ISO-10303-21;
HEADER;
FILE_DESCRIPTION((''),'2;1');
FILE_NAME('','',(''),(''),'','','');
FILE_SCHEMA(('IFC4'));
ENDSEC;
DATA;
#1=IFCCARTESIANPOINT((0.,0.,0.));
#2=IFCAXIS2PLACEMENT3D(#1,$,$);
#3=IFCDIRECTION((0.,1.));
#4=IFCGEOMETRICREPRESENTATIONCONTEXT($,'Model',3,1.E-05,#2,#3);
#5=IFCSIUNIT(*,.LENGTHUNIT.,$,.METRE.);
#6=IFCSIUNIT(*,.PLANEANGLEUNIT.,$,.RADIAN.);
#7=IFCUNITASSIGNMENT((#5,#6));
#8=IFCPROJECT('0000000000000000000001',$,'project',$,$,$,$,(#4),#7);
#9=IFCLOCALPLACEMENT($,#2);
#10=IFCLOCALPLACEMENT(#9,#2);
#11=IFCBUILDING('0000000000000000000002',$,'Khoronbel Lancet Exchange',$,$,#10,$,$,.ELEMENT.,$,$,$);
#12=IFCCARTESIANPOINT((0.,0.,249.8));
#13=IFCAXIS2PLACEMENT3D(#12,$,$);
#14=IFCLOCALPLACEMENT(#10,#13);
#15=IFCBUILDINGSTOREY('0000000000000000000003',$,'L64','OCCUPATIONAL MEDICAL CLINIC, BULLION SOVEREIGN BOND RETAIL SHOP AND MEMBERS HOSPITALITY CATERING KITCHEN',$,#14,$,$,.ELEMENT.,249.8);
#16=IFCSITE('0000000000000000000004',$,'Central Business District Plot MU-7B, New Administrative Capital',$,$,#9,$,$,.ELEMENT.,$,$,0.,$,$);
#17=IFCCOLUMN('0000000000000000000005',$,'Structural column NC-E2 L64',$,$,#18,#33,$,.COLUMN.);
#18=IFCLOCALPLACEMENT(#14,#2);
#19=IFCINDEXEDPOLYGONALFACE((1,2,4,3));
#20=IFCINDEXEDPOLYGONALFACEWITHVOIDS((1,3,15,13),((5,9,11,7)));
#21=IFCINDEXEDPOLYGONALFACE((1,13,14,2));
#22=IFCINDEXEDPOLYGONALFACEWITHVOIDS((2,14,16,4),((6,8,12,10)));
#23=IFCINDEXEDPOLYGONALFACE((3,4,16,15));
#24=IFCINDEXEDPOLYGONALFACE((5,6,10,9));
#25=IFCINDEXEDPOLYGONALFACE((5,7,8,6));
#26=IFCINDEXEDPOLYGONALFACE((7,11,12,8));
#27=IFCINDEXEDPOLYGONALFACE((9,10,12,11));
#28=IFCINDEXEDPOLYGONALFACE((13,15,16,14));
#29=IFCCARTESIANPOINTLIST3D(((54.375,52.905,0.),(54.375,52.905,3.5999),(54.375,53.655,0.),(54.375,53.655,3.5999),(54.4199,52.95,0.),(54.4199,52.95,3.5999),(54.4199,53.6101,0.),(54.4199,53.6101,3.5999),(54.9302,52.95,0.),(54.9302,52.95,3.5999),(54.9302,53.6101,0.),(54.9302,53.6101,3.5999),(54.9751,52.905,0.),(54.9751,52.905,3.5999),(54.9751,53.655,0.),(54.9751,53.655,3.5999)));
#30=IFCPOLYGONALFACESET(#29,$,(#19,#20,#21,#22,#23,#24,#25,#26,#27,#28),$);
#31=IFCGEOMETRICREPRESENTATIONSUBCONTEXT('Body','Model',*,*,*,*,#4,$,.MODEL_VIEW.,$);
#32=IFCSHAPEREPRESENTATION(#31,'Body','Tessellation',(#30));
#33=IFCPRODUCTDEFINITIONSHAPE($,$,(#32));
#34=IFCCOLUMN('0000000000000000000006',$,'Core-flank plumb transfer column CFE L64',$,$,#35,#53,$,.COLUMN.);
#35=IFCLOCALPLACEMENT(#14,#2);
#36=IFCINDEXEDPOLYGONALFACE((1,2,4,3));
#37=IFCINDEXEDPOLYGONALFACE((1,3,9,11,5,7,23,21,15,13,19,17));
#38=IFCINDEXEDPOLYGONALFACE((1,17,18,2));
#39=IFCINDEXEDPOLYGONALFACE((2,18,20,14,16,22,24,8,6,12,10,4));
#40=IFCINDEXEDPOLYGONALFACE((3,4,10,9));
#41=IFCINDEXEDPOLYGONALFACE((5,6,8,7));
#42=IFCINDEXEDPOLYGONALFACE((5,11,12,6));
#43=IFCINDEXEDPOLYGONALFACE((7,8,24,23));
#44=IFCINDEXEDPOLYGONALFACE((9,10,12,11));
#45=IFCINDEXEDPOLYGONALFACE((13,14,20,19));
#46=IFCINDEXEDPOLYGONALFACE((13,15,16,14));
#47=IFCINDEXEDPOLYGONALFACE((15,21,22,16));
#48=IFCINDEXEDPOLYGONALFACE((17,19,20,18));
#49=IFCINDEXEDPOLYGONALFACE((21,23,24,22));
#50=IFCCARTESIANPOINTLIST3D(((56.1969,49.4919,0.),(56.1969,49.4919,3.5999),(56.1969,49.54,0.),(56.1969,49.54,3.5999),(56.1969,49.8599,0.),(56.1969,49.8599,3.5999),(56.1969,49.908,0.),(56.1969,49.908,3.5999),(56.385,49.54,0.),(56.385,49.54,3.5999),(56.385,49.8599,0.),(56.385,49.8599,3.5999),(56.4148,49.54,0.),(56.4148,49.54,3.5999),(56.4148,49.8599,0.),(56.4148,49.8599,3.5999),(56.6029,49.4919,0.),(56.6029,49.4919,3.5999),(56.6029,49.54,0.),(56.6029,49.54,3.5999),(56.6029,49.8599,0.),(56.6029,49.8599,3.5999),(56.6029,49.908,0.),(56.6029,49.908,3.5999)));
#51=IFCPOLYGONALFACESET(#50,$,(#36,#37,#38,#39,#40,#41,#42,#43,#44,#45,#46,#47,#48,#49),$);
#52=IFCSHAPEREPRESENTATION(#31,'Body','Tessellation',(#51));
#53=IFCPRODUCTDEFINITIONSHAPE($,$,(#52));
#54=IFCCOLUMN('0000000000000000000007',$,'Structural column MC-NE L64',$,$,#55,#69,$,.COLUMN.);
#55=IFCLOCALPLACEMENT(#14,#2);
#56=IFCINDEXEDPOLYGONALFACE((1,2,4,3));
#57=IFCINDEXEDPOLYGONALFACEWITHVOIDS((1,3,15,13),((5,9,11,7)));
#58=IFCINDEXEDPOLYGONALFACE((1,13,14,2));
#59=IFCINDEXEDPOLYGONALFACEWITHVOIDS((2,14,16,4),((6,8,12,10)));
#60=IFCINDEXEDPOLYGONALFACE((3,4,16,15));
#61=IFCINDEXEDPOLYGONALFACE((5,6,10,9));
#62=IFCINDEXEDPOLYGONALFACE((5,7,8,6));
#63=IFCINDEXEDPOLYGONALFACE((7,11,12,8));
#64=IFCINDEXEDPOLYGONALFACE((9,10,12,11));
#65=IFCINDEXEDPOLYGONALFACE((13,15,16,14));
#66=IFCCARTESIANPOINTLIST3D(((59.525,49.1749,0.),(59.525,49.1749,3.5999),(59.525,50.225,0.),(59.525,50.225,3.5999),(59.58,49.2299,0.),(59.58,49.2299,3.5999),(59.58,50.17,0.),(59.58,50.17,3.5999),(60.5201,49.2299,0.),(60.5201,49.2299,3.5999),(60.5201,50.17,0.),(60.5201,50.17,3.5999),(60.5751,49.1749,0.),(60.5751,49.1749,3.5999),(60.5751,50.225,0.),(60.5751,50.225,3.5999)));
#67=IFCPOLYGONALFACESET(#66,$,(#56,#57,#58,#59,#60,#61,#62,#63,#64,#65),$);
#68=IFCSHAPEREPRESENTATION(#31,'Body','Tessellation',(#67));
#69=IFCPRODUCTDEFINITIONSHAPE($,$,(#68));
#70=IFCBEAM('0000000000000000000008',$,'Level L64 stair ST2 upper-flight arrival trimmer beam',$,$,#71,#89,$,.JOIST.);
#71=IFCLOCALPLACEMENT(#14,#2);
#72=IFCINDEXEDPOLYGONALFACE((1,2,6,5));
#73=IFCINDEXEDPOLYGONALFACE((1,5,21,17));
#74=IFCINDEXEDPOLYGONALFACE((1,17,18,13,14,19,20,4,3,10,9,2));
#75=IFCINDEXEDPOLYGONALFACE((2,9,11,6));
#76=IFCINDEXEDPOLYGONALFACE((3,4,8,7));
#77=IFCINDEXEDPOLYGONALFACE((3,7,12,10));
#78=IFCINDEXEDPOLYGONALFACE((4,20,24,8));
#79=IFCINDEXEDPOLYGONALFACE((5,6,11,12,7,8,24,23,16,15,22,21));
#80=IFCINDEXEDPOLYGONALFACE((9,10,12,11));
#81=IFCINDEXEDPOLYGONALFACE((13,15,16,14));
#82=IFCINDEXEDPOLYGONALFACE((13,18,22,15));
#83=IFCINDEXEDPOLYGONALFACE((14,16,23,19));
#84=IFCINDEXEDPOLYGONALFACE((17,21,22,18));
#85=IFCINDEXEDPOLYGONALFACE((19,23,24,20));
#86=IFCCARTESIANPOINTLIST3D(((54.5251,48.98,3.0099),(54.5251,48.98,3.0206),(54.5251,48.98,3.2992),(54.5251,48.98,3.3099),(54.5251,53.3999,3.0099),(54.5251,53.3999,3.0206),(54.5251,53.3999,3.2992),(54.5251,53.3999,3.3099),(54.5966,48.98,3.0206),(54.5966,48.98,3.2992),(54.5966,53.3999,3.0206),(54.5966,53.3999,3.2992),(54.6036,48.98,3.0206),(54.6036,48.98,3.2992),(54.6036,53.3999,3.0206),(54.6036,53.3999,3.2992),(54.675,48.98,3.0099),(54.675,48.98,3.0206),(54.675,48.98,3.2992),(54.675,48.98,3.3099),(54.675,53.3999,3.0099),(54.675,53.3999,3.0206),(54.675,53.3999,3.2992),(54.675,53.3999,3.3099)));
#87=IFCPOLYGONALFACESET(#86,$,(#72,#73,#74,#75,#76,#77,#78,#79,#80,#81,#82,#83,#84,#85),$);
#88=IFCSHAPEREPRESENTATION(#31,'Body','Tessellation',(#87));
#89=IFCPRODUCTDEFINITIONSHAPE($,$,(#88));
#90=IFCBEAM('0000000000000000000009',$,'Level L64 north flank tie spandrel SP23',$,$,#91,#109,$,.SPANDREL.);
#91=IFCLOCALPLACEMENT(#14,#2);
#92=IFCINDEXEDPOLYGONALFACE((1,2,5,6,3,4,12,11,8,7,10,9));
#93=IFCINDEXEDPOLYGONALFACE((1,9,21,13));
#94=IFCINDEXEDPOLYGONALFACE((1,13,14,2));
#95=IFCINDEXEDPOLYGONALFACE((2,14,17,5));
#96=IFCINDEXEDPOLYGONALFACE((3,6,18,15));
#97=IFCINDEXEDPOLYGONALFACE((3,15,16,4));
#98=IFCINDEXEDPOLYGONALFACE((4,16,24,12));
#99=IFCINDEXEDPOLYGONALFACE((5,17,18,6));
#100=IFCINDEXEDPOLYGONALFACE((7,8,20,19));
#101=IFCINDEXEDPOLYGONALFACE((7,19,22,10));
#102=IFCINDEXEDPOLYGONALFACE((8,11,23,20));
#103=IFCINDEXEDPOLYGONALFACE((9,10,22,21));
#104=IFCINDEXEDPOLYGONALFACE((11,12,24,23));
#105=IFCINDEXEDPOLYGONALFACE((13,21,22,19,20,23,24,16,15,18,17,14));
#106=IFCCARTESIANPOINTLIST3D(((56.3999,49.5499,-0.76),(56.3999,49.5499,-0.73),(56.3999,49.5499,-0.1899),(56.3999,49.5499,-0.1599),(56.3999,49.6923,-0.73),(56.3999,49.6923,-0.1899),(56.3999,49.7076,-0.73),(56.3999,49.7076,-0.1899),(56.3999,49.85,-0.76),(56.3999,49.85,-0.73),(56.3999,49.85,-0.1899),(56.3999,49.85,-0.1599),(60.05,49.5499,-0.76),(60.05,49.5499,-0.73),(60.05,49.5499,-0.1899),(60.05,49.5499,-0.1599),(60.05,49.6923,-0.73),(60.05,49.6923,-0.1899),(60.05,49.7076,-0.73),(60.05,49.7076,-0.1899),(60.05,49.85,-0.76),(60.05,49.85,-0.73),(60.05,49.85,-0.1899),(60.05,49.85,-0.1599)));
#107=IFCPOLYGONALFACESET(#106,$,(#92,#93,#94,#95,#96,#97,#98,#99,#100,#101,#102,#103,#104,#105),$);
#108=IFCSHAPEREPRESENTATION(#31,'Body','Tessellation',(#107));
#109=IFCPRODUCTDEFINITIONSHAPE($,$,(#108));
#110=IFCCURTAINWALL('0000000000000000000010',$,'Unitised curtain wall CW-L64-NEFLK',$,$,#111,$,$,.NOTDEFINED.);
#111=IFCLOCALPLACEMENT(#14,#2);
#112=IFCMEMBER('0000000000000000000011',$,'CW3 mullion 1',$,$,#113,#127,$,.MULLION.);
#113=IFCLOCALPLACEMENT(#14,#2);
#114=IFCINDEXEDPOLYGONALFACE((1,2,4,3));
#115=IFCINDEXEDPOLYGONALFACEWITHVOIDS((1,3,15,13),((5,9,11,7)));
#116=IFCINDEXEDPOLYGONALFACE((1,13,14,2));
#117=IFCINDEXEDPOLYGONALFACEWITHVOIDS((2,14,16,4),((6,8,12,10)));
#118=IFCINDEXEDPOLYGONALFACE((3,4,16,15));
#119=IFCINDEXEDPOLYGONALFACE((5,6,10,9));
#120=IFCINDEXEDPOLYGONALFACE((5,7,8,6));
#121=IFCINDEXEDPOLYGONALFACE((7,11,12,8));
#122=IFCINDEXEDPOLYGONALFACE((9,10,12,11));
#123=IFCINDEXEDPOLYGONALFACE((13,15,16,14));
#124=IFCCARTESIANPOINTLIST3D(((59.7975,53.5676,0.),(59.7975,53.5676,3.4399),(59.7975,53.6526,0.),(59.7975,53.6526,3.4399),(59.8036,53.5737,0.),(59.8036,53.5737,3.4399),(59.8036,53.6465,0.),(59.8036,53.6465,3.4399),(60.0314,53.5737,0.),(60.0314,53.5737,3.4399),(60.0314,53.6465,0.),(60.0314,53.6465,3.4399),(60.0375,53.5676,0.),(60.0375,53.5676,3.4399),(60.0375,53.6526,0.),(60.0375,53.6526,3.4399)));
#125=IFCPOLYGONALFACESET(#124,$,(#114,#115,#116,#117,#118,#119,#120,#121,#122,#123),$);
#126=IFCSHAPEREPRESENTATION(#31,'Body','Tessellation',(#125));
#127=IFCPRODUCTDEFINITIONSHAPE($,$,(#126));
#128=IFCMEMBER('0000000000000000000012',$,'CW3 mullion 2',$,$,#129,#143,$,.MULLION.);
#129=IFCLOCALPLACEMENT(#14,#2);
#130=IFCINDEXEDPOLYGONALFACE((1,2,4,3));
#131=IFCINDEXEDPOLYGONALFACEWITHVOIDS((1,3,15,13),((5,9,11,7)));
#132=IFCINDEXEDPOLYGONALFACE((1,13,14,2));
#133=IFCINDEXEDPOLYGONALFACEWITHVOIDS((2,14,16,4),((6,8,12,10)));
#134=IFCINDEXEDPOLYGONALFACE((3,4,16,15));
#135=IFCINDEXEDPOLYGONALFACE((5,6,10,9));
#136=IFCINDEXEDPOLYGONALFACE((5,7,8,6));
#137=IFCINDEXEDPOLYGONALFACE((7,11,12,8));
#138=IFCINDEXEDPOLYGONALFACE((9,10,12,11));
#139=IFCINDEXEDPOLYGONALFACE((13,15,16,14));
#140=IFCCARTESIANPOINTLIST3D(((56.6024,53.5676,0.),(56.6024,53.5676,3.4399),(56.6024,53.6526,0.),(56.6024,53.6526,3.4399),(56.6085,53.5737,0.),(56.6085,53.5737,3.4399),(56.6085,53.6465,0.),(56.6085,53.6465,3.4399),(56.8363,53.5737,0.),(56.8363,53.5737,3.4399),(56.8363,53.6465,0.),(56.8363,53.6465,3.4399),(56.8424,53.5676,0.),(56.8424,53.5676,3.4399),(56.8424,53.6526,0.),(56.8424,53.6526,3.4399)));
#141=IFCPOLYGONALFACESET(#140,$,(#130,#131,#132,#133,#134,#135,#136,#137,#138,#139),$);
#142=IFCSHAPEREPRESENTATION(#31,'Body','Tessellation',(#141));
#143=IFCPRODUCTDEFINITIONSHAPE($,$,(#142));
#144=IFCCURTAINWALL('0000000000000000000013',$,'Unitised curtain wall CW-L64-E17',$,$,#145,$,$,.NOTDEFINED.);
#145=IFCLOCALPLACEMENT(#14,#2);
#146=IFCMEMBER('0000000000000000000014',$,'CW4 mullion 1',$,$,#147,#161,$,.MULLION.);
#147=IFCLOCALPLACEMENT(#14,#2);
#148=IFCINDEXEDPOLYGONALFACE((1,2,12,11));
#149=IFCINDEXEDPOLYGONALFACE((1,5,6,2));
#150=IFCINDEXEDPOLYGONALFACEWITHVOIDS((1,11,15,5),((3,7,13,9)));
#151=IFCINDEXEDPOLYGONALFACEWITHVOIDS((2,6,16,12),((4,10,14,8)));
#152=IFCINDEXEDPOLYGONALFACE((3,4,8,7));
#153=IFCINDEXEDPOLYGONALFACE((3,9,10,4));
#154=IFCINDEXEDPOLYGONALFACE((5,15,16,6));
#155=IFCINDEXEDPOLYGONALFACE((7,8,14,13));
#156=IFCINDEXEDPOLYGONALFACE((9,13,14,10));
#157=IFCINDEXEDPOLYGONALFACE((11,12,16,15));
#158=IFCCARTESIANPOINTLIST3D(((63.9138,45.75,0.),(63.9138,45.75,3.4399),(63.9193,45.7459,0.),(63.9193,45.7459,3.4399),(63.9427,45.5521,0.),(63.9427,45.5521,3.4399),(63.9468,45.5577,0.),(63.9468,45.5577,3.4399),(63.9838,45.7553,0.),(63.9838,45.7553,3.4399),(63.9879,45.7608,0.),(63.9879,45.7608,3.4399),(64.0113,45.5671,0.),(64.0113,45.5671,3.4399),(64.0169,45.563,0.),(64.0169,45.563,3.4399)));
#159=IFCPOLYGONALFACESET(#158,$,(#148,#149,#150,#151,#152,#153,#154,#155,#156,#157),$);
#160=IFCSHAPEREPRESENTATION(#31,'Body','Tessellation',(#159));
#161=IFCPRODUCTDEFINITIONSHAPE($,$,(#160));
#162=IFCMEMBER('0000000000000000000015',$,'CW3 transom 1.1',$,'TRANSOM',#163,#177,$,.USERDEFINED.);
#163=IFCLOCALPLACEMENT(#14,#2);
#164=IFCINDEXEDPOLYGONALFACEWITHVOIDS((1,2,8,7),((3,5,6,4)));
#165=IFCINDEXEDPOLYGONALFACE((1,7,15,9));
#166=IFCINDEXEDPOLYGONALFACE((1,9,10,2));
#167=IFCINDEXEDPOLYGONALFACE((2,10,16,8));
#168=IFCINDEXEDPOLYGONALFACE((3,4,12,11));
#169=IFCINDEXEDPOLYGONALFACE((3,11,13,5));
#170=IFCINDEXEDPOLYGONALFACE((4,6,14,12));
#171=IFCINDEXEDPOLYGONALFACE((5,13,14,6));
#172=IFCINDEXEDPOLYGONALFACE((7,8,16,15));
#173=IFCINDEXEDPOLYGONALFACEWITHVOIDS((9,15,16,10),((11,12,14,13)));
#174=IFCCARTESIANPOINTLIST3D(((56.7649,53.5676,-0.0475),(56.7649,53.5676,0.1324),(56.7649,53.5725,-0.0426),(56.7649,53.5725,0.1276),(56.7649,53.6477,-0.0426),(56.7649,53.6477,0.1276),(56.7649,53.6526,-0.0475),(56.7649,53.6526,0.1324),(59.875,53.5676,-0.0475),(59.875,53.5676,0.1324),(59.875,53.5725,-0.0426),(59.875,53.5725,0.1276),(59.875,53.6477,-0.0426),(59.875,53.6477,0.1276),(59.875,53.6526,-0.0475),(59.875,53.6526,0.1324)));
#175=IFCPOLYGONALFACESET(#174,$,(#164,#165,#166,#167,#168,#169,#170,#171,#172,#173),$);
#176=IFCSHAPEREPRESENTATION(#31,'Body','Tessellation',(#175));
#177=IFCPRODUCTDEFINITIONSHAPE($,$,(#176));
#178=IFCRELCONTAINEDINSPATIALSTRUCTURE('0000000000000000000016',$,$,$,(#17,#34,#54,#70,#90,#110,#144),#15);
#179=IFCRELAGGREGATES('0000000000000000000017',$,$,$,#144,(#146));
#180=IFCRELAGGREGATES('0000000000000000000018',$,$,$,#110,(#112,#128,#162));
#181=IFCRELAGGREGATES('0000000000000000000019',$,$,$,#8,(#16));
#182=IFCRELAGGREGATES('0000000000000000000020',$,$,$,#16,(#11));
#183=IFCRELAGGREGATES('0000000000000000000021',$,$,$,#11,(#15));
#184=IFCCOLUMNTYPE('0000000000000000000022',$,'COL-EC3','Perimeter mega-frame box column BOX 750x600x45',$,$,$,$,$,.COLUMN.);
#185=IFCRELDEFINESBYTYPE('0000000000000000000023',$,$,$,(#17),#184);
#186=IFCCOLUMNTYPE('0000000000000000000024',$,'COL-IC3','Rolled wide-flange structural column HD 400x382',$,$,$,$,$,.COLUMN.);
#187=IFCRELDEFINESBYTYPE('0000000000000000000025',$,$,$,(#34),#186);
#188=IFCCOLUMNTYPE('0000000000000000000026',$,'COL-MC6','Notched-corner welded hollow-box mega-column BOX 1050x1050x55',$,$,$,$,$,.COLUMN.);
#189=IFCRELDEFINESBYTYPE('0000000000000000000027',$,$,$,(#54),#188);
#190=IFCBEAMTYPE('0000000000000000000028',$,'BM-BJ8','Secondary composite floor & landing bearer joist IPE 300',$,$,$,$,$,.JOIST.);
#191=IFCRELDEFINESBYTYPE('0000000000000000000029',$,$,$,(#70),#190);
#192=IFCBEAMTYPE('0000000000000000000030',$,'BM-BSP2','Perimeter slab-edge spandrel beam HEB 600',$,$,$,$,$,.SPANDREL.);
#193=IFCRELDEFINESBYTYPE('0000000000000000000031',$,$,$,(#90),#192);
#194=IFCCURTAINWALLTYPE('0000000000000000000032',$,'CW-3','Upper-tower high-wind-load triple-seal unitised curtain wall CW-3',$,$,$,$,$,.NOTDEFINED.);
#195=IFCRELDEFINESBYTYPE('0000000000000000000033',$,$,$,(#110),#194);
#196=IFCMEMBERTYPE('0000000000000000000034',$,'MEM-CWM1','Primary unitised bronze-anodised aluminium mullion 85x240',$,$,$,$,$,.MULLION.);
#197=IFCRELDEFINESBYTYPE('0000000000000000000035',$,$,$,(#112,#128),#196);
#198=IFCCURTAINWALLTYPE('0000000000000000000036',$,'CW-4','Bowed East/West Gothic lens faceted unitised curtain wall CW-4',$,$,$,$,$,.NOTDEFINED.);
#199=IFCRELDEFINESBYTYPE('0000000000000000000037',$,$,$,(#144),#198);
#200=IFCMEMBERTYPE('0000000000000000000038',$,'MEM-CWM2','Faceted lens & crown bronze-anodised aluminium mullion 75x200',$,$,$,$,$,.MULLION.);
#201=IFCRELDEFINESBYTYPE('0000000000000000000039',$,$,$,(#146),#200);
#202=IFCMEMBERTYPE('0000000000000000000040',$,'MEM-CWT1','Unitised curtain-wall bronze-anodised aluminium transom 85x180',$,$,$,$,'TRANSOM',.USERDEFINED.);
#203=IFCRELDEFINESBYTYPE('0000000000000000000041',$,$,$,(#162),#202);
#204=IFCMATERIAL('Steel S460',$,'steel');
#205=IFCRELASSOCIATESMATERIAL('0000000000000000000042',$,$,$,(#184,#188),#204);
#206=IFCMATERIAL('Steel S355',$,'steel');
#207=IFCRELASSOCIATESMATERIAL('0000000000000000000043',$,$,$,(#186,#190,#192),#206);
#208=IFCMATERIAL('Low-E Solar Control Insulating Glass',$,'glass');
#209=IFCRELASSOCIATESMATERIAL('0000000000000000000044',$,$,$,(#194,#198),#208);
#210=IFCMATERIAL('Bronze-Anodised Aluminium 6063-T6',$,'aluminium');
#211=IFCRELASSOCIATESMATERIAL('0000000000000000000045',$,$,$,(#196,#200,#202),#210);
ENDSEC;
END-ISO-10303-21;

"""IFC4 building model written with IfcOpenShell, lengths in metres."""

from ifc_helpers import new_model, si_unit, direction, frame, origin, origin_2d, place, context, subcontext, project, spatial, hollow_rectangle, i_section, extrude, material, material_profile, profile_set, type_object, element, aggregate, save


model = new_model("IFC4")

# Units and contexts
model_context = context("Model", 3, precision=1e-05, world=origin(), true_north=direction((0.0, 1.0)))
body_context = subcontext(model_context, "Body", "Model", "MODEL_VIEW")
ifc_project = project(units=[si_unit("LENGTHUNIT", "METRE"), si_unit("PLANEANGLEUNIT", "RADIAN")], contexts=[model_context])

# Site, building, storey
site_placement = place(None, origin())
site = spatial("IfcSite", under=ifc_project, at=site_placement, Name="Central Business District Plot MU-7B, New Administrative Capital", CompositionType="ELEMENT", RefElevation=0.0)
building_placement = place(site_placement, origin())
building = spatial("IfcBuilding", under=site, at=building_placement, Name="Khoronbel Lancet Exchange", CompositionType="ELEMENT")
storey_placement = place(building_placement, frame((0.0, 0.0, 249.8)))
storey = spatial("IfcBuildingStorey", under=building, at=storey_placement, Name="L64", Description="OCCUPATIONAL MEDICAL CLINIC, BULLION SOVEREIGN BOND RETAIL SHOP AND MEMBERS HOSPITALITY CATERING KITCHEN", CompositionType="ELEMENT", Elevation=249.8)

# Columns
ifc_material_1 = material(Name="Steel S460", Category="steel")
ifc_material_profile_1 = material_profile(ifc_material_1, hollow_rectangle(XDim=0.6001, YDim=0.75, WallThickness=0.0449, at=origin_2d()), Name="BOX 750x600x45")
ifc_profile_set_1 = profile_set([ifc_material_profile_1], Name="Steel S460")
column_type_1 = type_object("IfcColumnType", Name="COL-EC3", Description="Perimeter mega-frame box column BOX 750x600x45", PredefinedType="COLUMN", material=ifc_profile_set_1)
column_1_placement = place(storey_placement, frame((54.675, 53.28, 0.0), z_axis=(0.0, 0.0, 1.0), x_axis=(1.0, 0.0, 0.0)))
element("IfcColumn", 1, at=column_1_placement, inside=storey, type_object=column_type_1, Name="Structural column NC-E2 L64", PredefinedType="COLUMN", context=body_context, shape_type="SweptSolid", body=[
    extrude(hollow_rectangle(XDim=0.6001, YDim=0.75, WallThickness=0.0449, at=origin_2d()), origin(), (0.0, 0.0, 1.0), 3.5999),
])
ifc_material_2 = material(Name="Steel S355", Category="steel")
ifc_material_profile_2 = material_profile(ifc_material_2, i_section(OverallWidth=0.406, OverallDepth=0.416, WebThickness=0.0298, FlangeThickness=0.0481, at=origin_2d()), Name="HD 400x382")
ifc_profile_set_2 = profile_set([ifc_material_profile_2], Name="Steel S355")
column_type_2 = type_object("IfcColumnType", Name="COL-IC3", Description="Rolled wide-flange structural column HD 400x382", PredefinedType="COLUMN", material=ifc_profile_set_2)
column_2_placement = place(storey_placement, frame((56.3999, 49.7, 0.0), z_axis=(0.0, 0.0, 1.0), x_axis=(1.0, 0.0, 0.0)))
element("IfcColumn", 2, at=column_2_placement, inside=storey, type_object=column_type_2, Name="Core-flank plumb transfer column CFE L64", PredefinedType="COLUMN", context=body_context, shape_type="SweptSolid", body=[
    extrude(i_section(OverallWidth=0.406, OverallDepth=0.416, WebThickness=0.0298, FlangeThickness=0.0481, at=origin_2d()), origin(), (0.0, 0.0, 1.0), 3.5999),
])
ifc_material_profile_3 = material_profile(ifc_material_1, hollow_rectangle(XDim=1.05, YDim=1.05, WallThickness=0.0549, at=origin_2d()), Name="BOX 1050x1050x55")
ifc_profile_set_3 = profile_set([ifc_material_profile_3], Name="Steel S460")
column_type_3 = type_object("IfcColumnType", Name="COL-MC6", Description="Notched-corner welded hollow-box mega-column BOX 1050x1050x55", PredefinedType="COLUMN", material=ifc_profile_set_3)
column_3_placement = place(storey_placement, frame((60.05, 49.7, 0.0), z_axis=(0.0, 0.0, 1.0), x_axis=(1.0, 0.0, 0.0)))
element("IfcColumn", 3, at=column_3_placement, inside=storey, type_object=column_type_3, Name="Structural column MC-NE L64", PredefinedType="COLUMN", context=body_context, shape_type="SweptSolid", body=[
    extrude(hollow_rectangle(XDim=1.05, YDim=1.05, WallThickness=0.0549, at=origin_2d()), origin(), (0.0, 0.0, 1.0), 3.5999),
])

# Beams
ifc_material_profile_4 = material_profile(ifc_material_2, i_section(OverallWidth=0.1499, OverallDepth=0.3, WebThickness=0.0071, FlangeThickness=0.0107, at=origin_2d()), Name="IPE 300")
ifc_profile_set_4 = profile_set([ifc_material_profile_4], Name="Steel S355")
beam_type_1 = type_object("IfcBeamType", Name="BM-BJ8", Description="Secondary composite floor & landing bearer joist IPE 300", PredefinedType="JOIST", material=ifc_profile_set_4)
beam_1_placement = place(storey_placement, frame((54.6001, 48.98, 3.1599), z_axis=(0.0, 1.0, 0.0), x_axis=(-1.0, 0.0, 0.0)))
element("IfcBeam", 4, at=beam_1_placement, inside=storey, type_object=beam_type_1, Name="Level L64 stair ST2 upper-flight arrival trimmer beam", PredefinedType="JOIST", context=body_context, shape_type="SweptSolid", body=[
    extrude(i_section(OverallWidth=0.1499, OverallDepth=0.3, WebThickness=0.0071, FlangeThickness=0.0107, at=origin_2d()), origin(), (0.0, 0.0, 1.0), 4.4199),
])
ifc_material_profile_5 = material_profile(ifc_material_2, i_section(OverallWidth=0.3, OverallDepth=0.6001, WebThickness=0.0154, FlangeThickness=0.03, at=origin_2d()), Name="HEB 600")
ifc_profile_set_5 = profile_set([ifc_material_profile_5], Name="Steel S355")
beam_type_2 = type_object("IfcBeamType", Name="BM-BSP2", Description="Perimeter slab-edge spandrel beam HEB 600", PredefinedType="SPANDREL", material=ifc_profile_set_5)
beam_2_placement = place(storey_placement, frame((60.05, 49.7, -0.46), z_axis=(-1.0, 0.0, 0.0), x_axis=(0.0, -1.0, 0.0)))
element("IfcBeam", 5, at=beam_2_placement, inside=storey, type_object=beam_type_2, Name="Level L64 north flank tie spandrel SP23", PredefinedType="SPANDREL", context=body_context, shape_type="SweptSolid", body=[
    extrude(i_section(OverallWidth=0.3, OverallDepth=0.6001, WebThickness=0.0154, FlangeThickness=0.03, at=origin_2d()), origin(), (0.0, 0.0, 1.0), 3.6501),
])

# Curtain wall, members
ifc_material_3 = material(Name="Low-E Solar Control Insulating Glass", Category="glass")
curtain_wall_type_1 = type_object("IfcCurtainWallType", Name="CW-3", Description="Upper-tower high-wind-load triple-seal unitised curtain wall CW-3", PredefinedType="NOTDEFINED", material=ifc_material_3)
curtain_wall_1_placement = place(storey_placement, origin())
curtain_wall_1 = element("IfcCurtainWall", 6, at=curtain_wall_1_placement, inside=storey, type_object=curtain_wall_type_1, Name="Unitised curtain wall CW-L64-NEFLK", PredefinedType="NOTDEFINED")
ifc_material_4 = material(Name="Bronze-Anodised Aluminium 6063-T6", Category="aluminium")
ifc_material_profile_6 = material_profile(ifc_material_4, hollow_rectangle(XDim=0.085, YDim=0.24, WallThickness=0.0061, at=origin_2d()), Name="ALU MULLION 85x240")
ifc_profile_set_6 = profile_set([ifc_material_profile_6], Name="Bronze-Anodised Aluminium 6063-T6")
member_type_1 = type_object("IfcMemberType", Name="MEM-CWM1", Description="Primary unitised bronze-anodised aluminium mullion 85x240", PredefinedType="MULLION", material=ifc_profile_set_6)
member_1_placement = place(storey_placement, frame((59.9175, 53.6101, 0.0), z_axis=(0.0, 0.0, 1.0), x_axis=(0.0, -1.0, 0.0)))
member_1 = element("IfcMember", 7, at=member_1_placement, type_object=member_type_1, Name="CW3 mullion 1", PredefinedType="MULLION", context=body_context, shape_type="SweptSolid", body=[
    extrude(hollow_rectangle(XDim=0.085, YDim=0.24, WallThickness=0.0061, at=origin_2d()), origin(), (0.0, 0.0, 1.0), 3.4399),
])
member_2_placement = place(storey_placement, frame((56.7224, 53.6101, 0.0), z_axis=(0.0, 0.0, 1.0), x_axis=(0.0, -1.0, 0.0)))
member_2 = element("IfcMember", 8, at=member_2_placement, type_object=member_type_1, Name="CW3 mullion 2", PredefinedType="MULLION", context=body_context, shape_type="SweptSolid", body=[
    extrude(hollow_rectangle(XDim=0.085, YDim=0.24, WallThickness=0.0061, at=origin_2d()), origin(), (0.0, 0.0, 1.0), 3.4399),
])

# Curtain wall, member
curtain_wall_type_2 = type_object("IfcCurtainWallType", Name="CW-4", Description="Bowed East/West Gothic lens faceted unitised curtain wall CW-4", PredefinedType="NOTDEFINED", material=ifc_material_3)
curtain_wall_2_placement = place(storey_placement, origin())
curtain_wall_2 = element("IfcCurtainWall", 9, at=curtain_wall_2_placement, inside=storey, type_object=curtain_wall_type_2, Name="Unitised curtain wall CW-L64-E17", PredefinedType="NOTDEFINED")
ifc_material_profile_7 = material_profile(ifc_material_4, hollow_rectangle(XDim=0.075, YDim=0.2, WallThickness=0.0049, at=origin_2d()), Name="ALU MULLION 75x200")
ifc_profile_set_7 = profile_set([ifc_material_profile_7], Name="Bronze-Anodised Aluminium 6063-T6")
member_type_2 = type_object("IfcMemberType", Name="MEM-CWM2", Description="Faceted lens & crown bronze-anodised aluminium mullion 75x200", PredefinedType="MULLION", material=ifc_profile_set_7)
member_3_placement = place(storey_placement, frame((63.9653, 45.6565, 0.0), z_axis=(0.0, 0.0, 1.0), x_axis=(0.989468, 0.144753, 0.0)))
member_3 = element("IfcMember", 10, at=member_3_placement, type_object=member_type_2, Name="CW4 mullion 1", PredefinedType="MULLION", context=body_context, shape_type="SweptSolid", body=[
    extrude(hollow_rectangle(XDim=0.075, YDim=0.2, WallThickness=0.0049, at=origin_2d()), origin(), (0.0, 0.0, 1.0), 3.4399),
])
aggregate(curtain_wall_2, [member_3])

# Member
ifc_material_profile_8 = material_profile(ifc_material_4, hollow_rectangle(XDim=0.085, YDim=0.1799, WallThickness=0.0049, at=origin_2d()), Name="ALU TRANSOM 85x180")
ifc_profile_set_8 = profile_set([ifc_material_profile_8], Name="Bronze-Anodised Aluminium 6063-T6")
member_type_3 = type_object("IfcMemberType", Name="MEM-CWT1", Description="Unitised curtain-wall bronze-anodised aluminium transom 85x180", ElementType="TRANSOM", PredefinedType="USERDEFINED", material=ifc_profile_set_8)
member_4_placement = place(storey_placement, frame((59.875, 53.6101, 0.0425), z_axis=(-1.0, 0.0, 0.0), x_axis=(0.0, -1.0, 0.0)))
member_4 = element("IfcMember", 11, at=member_4_placement, type_object=member_type_3, Name="CW3 transom 1.1", ObjectType="TRANSOM", PredefinedType="USERDEFINED", context=body_context, shape_type="SweptSolid", body=[
    extrude(hollow_rectangle(XDim=0.085, YDim=0.1799, WallThickness=0.0049, at=origin_2d()), origin(), (0.0, 0.0, 1.0), 3.1101),
])

aggregate(curtain_wall_1, [member_1, member_2, member_4])

save(model, "model.ifc")
